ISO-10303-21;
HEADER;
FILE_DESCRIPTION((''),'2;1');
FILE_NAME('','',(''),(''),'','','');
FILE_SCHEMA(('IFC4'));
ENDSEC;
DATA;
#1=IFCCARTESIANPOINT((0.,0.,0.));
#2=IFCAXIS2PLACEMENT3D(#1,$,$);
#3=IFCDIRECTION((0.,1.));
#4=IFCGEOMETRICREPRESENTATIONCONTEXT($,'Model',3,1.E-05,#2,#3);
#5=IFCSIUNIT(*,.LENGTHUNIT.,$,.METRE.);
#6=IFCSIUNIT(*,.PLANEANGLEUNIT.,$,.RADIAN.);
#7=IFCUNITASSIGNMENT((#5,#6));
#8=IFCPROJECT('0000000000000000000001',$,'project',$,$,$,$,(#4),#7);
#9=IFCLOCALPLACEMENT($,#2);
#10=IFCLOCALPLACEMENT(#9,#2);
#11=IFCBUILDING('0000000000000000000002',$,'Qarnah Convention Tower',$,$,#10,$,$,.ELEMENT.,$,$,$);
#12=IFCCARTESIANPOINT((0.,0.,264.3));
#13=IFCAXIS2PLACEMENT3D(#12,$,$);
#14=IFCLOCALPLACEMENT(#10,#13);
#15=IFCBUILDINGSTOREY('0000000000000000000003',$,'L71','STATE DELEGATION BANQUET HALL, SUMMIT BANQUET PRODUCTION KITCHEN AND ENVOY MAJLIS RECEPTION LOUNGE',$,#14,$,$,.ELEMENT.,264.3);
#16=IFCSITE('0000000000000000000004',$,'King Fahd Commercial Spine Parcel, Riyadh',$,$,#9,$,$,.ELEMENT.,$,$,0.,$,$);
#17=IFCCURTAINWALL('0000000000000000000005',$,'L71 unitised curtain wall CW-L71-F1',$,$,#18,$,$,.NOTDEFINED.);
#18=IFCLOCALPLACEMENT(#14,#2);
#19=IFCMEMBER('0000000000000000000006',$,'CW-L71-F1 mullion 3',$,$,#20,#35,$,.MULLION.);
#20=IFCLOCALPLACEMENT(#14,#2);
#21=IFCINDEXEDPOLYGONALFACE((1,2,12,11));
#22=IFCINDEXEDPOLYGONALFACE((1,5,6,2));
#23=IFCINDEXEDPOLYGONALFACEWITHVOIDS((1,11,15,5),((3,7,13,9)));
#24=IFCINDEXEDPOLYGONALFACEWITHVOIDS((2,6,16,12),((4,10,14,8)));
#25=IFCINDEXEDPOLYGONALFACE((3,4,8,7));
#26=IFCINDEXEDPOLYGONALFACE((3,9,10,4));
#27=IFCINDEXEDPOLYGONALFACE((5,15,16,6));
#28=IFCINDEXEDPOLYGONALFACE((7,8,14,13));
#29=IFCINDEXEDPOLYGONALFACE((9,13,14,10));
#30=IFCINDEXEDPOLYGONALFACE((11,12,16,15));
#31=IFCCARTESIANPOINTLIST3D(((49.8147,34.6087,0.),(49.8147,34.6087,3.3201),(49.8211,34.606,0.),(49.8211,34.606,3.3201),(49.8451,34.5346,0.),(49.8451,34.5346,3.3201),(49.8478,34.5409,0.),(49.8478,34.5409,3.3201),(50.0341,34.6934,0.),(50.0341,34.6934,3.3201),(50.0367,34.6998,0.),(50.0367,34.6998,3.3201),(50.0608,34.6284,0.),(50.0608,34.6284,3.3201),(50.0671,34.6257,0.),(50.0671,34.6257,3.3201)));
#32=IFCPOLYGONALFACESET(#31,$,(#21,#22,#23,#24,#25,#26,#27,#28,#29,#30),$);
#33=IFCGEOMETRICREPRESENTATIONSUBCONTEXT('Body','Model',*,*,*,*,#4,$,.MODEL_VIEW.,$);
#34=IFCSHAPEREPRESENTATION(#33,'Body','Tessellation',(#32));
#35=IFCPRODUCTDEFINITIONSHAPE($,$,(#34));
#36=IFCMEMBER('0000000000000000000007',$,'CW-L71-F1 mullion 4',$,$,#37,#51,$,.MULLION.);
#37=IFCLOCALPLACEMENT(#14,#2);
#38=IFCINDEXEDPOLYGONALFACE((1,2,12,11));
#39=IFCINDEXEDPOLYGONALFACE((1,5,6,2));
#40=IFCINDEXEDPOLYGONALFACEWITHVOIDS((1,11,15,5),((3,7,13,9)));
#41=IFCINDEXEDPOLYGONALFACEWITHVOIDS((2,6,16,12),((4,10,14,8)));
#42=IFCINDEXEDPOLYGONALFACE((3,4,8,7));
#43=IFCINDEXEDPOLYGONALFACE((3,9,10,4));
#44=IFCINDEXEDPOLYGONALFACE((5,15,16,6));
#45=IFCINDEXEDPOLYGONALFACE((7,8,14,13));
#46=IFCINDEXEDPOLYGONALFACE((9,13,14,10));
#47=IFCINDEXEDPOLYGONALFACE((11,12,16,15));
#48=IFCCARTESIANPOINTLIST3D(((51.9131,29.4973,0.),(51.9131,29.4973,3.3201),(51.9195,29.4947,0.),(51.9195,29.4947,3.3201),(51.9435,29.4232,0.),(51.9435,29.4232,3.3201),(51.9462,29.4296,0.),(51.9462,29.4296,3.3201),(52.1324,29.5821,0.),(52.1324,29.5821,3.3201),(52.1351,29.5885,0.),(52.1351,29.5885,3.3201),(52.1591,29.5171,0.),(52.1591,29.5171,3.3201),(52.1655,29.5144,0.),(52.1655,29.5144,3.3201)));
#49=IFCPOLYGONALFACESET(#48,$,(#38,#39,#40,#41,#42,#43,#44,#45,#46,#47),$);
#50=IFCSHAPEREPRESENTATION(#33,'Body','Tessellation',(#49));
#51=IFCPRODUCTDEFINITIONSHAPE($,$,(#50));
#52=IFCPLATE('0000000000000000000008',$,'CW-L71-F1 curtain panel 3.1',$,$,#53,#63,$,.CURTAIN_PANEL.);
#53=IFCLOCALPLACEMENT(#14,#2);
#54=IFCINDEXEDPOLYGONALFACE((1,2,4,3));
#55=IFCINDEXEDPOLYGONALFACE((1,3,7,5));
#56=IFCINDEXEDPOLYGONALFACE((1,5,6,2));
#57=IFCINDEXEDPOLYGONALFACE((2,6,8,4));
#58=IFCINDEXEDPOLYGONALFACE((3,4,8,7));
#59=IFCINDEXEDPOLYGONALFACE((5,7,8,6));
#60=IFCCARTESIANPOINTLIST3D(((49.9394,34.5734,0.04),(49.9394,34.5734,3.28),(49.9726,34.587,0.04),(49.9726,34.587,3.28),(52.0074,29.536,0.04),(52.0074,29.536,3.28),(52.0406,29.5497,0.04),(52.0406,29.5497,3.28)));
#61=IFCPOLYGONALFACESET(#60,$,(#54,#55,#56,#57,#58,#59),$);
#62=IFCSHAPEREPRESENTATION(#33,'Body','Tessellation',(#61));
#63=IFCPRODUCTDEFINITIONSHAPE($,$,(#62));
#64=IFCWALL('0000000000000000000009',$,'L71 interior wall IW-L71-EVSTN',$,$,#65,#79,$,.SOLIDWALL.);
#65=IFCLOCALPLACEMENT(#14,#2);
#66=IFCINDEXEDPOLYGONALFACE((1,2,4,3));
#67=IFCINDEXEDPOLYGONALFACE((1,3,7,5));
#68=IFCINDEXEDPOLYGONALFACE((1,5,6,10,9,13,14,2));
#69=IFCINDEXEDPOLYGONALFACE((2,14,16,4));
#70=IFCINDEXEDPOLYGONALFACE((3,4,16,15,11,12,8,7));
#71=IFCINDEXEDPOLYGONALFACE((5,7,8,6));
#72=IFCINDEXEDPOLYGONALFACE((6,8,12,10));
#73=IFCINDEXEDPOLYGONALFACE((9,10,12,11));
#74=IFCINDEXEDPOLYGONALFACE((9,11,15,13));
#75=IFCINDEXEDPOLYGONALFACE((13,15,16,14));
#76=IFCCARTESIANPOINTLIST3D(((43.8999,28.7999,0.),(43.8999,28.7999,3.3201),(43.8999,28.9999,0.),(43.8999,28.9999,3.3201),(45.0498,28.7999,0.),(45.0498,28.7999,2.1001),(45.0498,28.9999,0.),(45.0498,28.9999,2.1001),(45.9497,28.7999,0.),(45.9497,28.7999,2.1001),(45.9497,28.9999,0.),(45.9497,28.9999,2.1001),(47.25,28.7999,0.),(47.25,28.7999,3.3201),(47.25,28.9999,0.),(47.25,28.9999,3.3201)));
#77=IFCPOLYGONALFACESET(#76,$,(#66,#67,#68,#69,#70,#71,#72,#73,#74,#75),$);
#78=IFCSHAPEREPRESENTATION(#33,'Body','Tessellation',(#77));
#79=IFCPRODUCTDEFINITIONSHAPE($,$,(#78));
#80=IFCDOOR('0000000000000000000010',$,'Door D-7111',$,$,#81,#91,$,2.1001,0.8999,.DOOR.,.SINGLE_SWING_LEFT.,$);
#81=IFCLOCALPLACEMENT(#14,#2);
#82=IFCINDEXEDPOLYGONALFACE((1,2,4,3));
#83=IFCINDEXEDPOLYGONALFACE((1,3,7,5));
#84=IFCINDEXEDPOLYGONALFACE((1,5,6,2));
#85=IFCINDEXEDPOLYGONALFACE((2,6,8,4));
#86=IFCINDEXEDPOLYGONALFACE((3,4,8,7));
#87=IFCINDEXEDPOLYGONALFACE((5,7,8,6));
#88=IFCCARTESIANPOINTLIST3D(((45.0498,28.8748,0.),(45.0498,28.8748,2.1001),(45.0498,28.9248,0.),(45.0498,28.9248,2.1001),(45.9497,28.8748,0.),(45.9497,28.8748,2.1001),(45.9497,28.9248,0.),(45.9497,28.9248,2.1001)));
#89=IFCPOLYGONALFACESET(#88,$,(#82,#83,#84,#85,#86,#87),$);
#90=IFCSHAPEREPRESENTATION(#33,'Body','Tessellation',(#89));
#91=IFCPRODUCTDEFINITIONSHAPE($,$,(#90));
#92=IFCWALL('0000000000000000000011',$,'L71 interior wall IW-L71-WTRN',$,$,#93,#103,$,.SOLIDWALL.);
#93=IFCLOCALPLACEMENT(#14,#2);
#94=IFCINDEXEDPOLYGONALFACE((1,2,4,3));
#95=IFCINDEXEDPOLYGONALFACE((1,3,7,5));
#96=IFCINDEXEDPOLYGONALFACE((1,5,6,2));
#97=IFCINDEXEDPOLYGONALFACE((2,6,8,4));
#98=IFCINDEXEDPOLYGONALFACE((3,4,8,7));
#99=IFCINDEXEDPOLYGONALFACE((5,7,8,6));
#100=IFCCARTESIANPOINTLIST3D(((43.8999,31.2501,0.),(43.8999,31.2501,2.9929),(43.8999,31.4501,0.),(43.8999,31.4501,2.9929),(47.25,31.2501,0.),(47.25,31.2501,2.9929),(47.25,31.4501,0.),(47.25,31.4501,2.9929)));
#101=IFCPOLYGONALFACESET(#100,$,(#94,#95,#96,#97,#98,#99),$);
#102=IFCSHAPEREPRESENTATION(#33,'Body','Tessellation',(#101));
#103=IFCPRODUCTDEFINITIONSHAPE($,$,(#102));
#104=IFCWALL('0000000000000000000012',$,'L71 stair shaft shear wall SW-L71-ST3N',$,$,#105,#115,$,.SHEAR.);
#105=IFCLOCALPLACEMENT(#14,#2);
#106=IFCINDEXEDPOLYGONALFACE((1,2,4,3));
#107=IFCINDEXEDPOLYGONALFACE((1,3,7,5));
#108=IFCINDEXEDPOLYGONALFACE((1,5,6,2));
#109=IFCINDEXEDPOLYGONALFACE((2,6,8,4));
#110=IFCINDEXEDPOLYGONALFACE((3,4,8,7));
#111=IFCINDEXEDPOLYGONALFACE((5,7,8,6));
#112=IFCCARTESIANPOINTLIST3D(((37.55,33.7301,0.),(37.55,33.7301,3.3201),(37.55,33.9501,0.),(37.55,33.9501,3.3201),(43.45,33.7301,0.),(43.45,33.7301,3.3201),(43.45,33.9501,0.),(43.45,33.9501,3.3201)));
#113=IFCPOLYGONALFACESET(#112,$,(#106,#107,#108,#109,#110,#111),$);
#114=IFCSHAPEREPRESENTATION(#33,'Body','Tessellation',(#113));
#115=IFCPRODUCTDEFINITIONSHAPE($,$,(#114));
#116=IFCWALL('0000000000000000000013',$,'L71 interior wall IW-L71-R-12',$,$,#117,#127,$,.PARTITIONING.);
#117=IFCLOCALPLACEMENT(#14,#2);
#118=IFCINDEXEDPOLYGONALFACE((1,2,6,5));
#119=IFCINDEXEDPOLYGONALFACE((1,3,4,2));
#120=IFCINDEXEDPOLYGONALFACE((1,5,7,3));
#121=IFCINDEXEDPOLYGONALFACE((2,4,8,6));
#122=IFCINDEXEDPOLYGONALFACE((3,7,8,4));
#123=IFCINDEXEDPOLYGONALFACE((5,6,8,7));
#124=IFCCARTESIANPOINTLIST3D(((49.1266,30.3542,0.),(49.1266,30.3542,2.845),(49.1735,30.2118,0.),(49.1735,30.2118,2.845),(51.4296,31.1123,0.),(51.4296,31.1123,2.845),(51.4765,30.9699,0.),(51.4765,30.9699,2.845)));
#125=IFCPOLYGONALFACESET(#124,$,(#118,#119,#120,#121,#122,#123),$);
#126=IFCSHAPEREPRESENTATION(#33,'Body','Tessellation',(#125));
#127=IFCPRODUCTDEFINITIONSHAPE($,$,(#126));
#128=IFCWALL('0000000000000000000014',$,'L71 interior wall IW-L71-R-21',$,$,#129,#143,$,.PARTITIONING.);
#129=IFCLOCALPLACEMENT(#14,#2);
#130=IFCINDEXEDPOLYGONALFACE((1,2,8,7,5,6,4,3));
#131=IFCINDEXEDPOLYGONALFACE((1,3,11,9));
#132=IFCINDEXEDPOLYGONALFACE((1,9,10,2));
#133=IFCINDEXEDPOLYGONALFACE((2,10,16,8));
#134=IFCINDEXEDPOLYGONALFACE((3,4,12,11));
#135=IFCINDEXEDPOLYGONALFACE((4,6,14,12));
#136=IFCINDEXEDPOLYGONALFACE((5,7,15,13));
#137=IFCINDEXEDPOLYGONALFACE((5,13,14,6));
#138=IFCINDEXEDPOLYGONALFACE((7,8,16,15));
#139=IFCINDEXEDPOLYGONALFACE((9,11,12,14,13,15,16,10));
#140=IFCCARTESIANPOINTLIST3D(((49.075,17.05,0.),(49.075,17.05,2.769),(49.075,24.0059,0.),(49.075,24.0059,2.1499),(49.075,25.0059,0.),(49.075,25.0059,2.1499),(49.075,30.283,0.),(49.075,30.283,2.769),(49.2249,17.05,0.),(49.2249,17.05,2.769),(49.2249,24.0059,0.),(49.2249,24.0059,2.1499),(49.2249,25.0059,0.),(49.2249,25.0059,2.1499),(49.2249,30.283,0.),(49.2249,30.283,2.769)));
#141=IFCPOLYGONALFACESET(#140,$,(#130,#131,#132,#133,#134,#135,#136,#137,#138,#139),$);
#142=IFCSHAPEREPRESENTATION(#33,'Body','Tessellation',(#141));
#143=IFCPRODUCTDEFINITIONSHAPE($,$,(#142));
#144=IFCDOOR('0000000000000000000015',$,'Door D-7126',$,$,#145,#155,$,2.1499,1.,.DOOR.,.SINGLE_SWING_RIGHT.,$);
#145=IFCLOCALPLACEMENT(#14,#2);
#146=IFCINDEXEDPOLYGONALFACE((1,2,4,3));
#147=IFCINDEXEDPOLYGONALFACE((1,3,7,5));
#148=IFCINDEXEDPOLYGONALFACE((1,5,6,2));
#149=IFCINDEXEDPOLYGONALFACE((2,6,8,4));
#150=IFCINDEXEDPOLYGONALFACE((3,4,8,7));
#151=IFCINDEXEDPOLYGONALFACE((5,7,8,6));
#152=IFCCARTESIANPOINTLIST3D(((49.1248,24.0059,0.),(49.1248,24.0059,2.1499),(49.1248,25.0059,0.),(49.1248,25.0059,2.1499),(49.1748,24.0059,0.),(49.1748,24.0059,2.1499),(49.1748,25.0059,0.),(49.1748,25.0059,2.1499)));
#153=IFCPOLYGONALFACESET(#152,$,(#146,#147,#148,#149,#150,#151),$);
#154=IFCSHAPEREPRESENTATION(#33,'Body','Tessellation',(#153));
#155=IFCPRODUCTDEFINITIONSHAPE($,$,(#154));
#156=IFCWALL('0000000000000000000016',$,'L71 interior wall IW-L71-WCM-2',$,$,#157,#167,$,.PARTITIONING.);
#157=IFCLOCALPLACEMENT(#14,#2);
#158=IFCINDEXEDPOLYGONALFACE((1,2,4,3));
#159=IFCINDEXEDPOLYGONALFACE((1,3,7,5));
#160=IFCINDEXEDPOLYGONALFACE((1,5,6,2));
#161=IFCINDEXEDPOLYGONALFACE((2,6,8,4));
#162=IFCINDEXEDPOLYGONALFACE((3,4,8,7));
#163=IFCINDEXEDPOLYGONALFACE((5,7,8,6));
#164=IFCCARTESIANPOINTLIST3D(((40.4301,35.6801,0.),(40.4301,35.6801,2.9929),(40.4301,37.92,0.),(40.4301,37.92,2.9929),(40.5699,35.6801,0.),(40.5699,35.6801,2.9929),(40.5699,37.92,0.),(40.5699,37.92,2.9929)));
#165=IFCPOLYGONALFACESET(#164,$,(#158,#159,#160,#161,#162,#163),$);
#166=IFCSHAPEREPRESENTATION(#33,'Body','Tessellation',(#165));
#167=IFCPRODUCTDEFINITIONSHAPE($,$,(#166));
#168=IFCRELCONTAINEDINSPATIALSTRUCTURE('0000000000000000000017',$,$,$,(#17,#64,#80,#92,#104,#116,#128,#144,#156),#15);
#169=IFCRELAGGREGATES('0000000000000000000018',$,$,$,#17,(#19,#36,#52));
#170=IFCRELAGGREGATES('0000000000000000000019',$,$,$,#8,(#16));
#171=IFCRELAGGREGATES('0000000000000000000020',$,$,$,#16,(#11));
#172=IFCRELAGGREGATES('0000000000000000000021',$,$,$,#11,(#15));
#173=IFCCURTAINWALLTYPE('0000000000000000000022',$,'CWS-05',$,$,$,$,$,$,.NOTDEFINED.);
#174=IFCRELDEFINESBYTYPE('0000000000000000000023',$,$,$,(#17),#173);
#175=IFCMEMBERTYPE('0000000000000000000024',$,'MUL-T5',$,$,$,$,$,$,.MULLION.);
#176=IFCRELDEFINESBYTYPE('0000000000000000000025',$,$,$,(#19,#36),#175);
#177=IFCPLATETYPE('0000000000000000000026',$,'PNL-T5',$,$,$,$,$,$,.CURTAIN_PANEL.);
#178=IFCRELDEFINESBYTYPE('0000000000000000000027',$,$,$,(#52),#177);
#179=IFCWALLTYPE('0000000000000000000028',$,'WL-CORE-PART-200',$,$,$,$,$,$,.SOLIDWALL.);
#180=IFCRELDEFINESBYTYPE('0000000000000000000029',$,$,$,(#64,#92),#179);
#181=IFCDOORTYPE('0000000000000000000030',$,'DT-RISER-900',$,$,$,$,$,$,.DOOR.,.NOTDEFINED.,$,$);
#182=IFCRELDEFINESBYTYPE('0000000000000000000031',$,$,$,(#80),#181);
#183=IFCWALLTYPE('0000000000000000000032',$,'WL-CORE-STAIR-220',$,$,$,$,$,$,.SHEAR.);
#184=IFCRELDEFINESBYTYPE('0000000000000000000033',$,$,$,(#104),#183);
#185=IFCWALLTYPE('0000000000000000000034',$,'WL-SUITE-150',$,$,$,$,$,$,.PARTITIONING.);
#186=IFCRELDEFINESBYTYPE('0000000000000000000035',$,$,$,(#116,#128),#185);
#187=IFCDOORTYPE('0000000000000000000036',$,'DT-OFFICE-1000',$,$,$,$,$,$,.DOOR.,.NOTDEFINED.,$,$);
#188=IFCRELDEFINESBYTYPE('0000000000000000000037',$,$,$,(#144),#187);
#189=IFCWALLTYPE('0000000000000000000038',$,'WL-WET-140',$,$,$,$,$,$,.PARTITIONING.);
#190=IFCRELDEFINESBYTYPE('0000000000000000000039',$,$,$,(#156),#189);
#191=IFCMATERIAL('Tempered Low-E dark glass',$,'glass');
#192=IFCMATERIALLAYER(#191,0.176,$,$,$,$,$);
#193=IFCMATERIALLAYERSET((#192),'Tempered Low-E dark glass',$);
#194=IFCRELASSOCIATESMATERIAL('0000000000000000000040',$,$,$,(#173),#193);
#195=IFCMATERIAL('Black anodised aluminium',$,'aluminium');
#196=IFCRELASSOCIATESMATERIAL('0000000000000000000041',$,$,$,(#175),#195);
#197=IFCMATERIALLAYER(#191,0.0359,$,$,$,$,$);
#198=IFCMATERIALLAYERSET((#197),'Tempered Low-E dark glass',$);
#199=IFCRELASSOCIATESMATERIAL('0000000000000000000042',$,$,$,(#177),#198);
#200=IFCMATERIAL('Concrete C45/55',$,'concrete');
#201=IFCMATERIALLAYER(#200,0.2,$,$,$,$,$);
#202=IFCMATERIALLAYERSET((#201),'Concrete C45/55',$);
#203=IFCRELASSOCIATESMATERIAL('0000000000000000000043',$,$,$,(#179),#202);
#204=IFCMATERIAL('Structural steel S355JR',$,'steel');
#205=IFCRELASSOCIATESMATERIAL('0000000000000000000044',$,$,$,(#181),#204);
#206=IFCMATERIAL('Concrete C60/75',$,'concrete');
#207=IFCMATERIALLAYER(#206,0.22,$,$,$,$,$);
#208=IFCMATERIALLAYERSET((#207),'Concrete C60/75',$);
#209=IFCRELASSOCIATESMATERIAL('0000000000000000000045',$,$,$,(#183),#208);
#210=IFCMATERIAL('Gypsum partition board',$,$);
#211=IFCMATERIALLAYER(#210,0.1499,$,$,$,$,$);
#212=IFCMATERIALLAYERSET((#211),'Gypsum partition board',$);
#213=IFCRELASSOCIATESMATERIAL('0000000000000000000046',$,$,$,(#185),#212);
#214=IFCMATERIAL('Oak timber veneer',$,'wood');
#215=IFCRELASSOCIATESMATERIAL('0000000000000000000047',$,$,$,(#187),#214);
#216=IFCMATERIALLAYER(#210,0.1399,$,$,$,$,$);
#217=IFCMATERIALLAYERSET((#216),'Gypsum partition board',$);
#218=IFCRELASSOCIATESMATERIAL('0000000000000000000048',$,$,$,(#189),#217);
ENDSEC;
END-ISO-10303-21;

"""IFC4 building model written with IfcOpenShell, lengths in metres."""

from ifc_helpers import new_model, si_unit, direction, frame, frame_2d, origin, origin_2d, place, context, subcontext, project, spatial, rectangle, hollow_rectangle, extrude, material, layer, layer_set, material_profile, profile_set, type_object, element, fill, aggregate, save


model = new_model("IFC4")

# Units and contexts
model_context = context("Model", 3, precision=1e-05, world=origin(), true_north=direction((0.0, 1.0)))
body_context = subcontext(model_context, "Body", "Model", "MODEL_VIEW")
ifc_project = project(units=[si_unit("LENGTHUNIT", "METRE"), si_unit("PLANEANGLEUNIT", "RADIAN")], contexts=[model_context])

# Site, building, storey
site_placement = place(None, origin())
site = spatial("IfcSite", under=ifc_project, at=site_placement, Name="King Fahd Commercial Spine Parcel, Riyadh", CompositionType="ELEMENT", RefElevation=0.0)
building_placement = place(site_placement, origin())
building = spatial("IfcBuilding", under=site, at=building_placement, Name="Qarnah Convention Tower", CompositionType="ELEMENT")
storey_placement = place(building_placement, frame((0.0, 0.0, 264.3)))
storey = spatial("IfcBuildingStorey", under=building, at=storey_placement, Name="L71", Description="STATE DELEGATION BANQUET HALL, SUMMIT BANQUET PRODUCTION KITCHEN AND ENVOY MAJLIS RECEPTION LOUNGE", CompositionType="ELEMENT", Elevation=264.3)

# Shared definitions
ifc_material_1 = material(Name="Structural steel S355JR", Category="steel")

# Curtain wall, members, plate
ifc_material_2 = material(Name="Tempered Low-E dark glass", Category="glass")
ifc_layer_1 = layer(ifc_material_2, 0.176)
ifc_layer_set_1 = layer_set([ifc_layer_1], Name="Tempered Low-E dark glass")
curtain_wall_type = type_object("IfcCurtainWallType", Name="CWS-05", PredefinedType="NOTDEFINED", material=ifc_layer_set_1)
curtain_wall_placement = place(storey_placement, origin())
curtain_wall = element("IfcCurtainWall", 1, at=curtain_wall_placement, inside=storey, type_object=curtain_wall_type, Name="L71 unitised curtain wall CW-L71-F1", PredefinedType="NOTDEFINED")
ifc_material_3 = material(Name="Black anodised aluminium", Category="aluminium")
ifc_material_profile_1 = material_profile(ifc_material_3, hollow_rectangle(XDim=0.0801, YDim=0.24, WallThickness=0.0049, at=origin_2d()), Name="MUL-80X240")
ifc_profile_set_1 = profile_set([ifc_material_profile_1], Name="Black anodised aluminium")
member_type = type_object("IfcMemberType", Name="MUL-T5", PredefinedType="MULLION", material=ifc_profile_set_1)
member_1_placement = place(storey_placement, frame((49.9409, 34.6172, 0.0), z_axis=(0.0, 0.0, 1.0), x_axis=(0.379776, -0.925079, 0.0)))
member_1 = element("IfcMember", 2, at=member_1_placement, type_object=member_type, Name="CW-L71-F1 mullion 3", PredefinedType="MULLION", context=body_context, shape_type="SweptSolid", body=[
    extrude(hollow_rectangle(XDim=0.0801, YDim=0.24, WallThickness=0.0049, at=origin_2d()), origin(), (0.0, 0.0, 1.0), 3.3201),
])
member_2_placement = place(storey_placement, frame((52.0393, 29.5059, 0.0), z_axis=(0.0, 0.0, 1.0), x_axis=(0.379776, -0.925079, 0.0)))
member_2 = element("IfcMember", 3, at=member_2_placement, type_object=member_type, Name="CW-L71-F1 mullion 4", PredefinedType="MULLION", context=body_context, shape_type="SweptSolid", body=[
    extrude(hollow_rectangle(XDim=0.0801, YDim=0.24, WallThickness=0.0049, at=origin_2d()), origin(), (0.0, 0.0, 1.0), 3.3201),
])
ifc_layer_2 = layer(ifc_material_2, 0.0359)
ifc_layer_set_2 = layer_set([ifc_layer_2], Name="Tempered Low-E dark glass")
plate_type = type_object("IfcPlateType", Name="PNL-T5", PredefinedType="CURTAIN_PANEL", material=ifc_layer_set_2)
plate_placement = place(storey_placement, frame((50.99, 32.0615, 0.04), z_axis=(0.0, 0.0, 1.0), x_axis=(0.379776, -0.925079, 0.0)))
plate = element("IfcPlate", 4, at=plate_placement, type_object=plate_type, Name="CW-L71-F1 curtain panel 3.1", PredefinedType="CURTAIN_PANEL", context=body_context, shape_type="SweptSolid", body=[
    extrude(rectangle(XDim=5.4453, YDim=0.0359, at=origin_2d()), origin(), (0.0, 0.0, 1.0), 3.24),
])
aggregate(curtain_wall, [member_1, member_2, plate])

# Wall, opening, door
ifc_material_4 = material(Name="Concrete C45/55", Category="concrete")
ifc_layer_3 = layer(ifc_material_4, 0.2)
ifc_layer_set_3 = layer_set([ifc_layer_3], Name="Concrete C45/55")
wall_type_1 = type_object("IfcWallType", Name="WL-CORE-PART-200", PredefinedType="SOLIDWALL", material=ifc_layer_set_3)
wall_1_placement = place(storey_placement, frame((43.8999, 28.8999, 0.0), z_axis=(0.0, 0.0, 1.0), x_axis=(1.0, 0.0, 0.0)))
wall_1 = element("IfcWall", 5, at=wall_1_placement, inside=storey, type_object=wall_type_1, Name="L71 interior wall IW-L71-EVSTN", PredefinedType="SOLIDWALL", context=body_context, shape_type="SweptSolid", body=[
    extrude(rectangle(XDim=3.3501, YDim=0.2, at=frame_2d((1.675, 0.0))), origin(), (0.0, 0.0, 1.0), 3.3201),
])
opening_1_placement = place(wall_1_placement, frame((1.1499, 0.0, 0.0)))
opening_1 = element("IfcOpeningElement", 6, at=opening_1_placement, cuts=wall_1, PredefinedType="OPENING", context=body_context, shape_type="SweptSolid", body=[
    extrude(rectangle(XDim=0.8999, YDim=2.1001, at=frame_2d((0.45, 1.05))), frame((0.0, 0.1099, 0.0), z_axis=(0.0, -1.0, 0.0), x_axis=(1.0, 0.0, 0.0)), (0.0, 0.0, 1.0), 0.22),
])
door_type_1 = type_object("IfcDoorType", Name="DT-RISER-900", OperationType="NOTDEFINED", PredefinedType="DOOR", material=ifc_material_1)
door_1_placement = place(opening_1_placement, origin())
door_1 = element("IfcDoor", 7, at=door_1_placement, inside=storey, type_object=door_type_1, Name="Door D-7111", OperationType="SINGLE_SWING_LEFT", OverallHeight=2.1001, OverallWidth=0.8999, PredefinedType="DOOR", context=body_context, shape_type="SweptSolid", body=[
    extrude(rectangle(XDim=0.8999, YDim=2.1001, at=frame_2d((0.45, 1.05))), frame((0.0, 0.0249, 0.0), z_axis=(0.0, -1.0, 0.0), x_axis=(1.0, 0.0, 0.0)), (0.0, 0.0, 1.0), 0.05),
])
fill(opening_1, door_1)

# Walls
wall_2_placement = place(storey_placement, frame((43.8999, 31.3501, 0.0), z_axis=(0.0, 0.0, 1.0), x_axis=(1.0, 0.0, 0.0)))
element("IfcWall", 8, at=wall_2_placement, inside=storey, type_object=wall_type_1, Name="L71 interior wall IW-L71-WTRN", PredefinedType="SOLIDWALL", context=body_context, shape_type="SweptSolid", body=[
    extrude(rectangle(XDim=3.3501, YDim=0.2, at=frame_2d((1.675, 0.0))), origin(), (0.0, 0.0, 1.0), 2.9929),
])
ifc_material_5 = material(Name="Concrete C60/75", Category="concrete")
ifc_layer_4 = layer(ifc_material_5, 0.22)
ifc_layer_set_4 = layer_set([ifc_layer_4], Name="Concrete C60/75")
wall_type_2 = type_object("IfcWallType", Name="WL-CORE-STAIR-220", PredefinedType="SHEAR", material=ifc_layer_set_4)
wall_3_placement = place(storey_placement, frame((37.55, 33.8401, 0.0), z_axis=(0.0, 0.0, 1.0), x_axis=(1.0, 0.0, 0.0)))
element("IfcWall", 9, at=wall_3_placement, inside=storey, type_object=wall_type_2, Name="L71 stair shaft shear wall SW-L71-ST3N", PredefinedType="SHEAR", context=body_context, shape_type="SweptSolid", body=[
    extrude(rectangle(XDim=5.8999, YDim=0.22, at=frame_2d((2.95, 0.0))), origin(), (0.0, 0.0, 1.0), 3.3201),
])
ifc_material_6 = material(Name="Gypsum partition board")
ifc_layer_5 = layer(ifc_material_6, 0.1499)
ifc_layer_set_5 = layer_set([ifc_layer_5], Name="Gypsum partition board")
wall_type_3 = type_object("IfcWallType", Name="WL-SUITE-150", PredefinedType="PARTITIONING", material=ifc_layer_set_5)
wall_4_placement = place(storey_placement, frame((49.1499, 30.283, 0.0), z_axis=(0.0, 0.0, 1.0), x_axis=(0.949865, 0.312661, 0.0)))
element("IfcWall", 10, at=wall_4_placement, inside=storey, type_object=wall_type_3, Name="L71 interior wall IW-L71-R-12", PredefinedType="PARTITIONING", context=body_context, shape_type="SweptSolid", body=[
    extrude(rectangle(XDim=2.4246, YDim=0.1499, at=frame_2d((1.2124, 0.0))), origin(), (0.0, 0.0, 1.0), 2.845),
])

# Wall, opening, door
wall_5_placement = place(storey_placement, frame((49.1499, 30.283, 0.0), z_axis=(0.0, 0.0, 1.0), x_axis=(0.0, -1.0, 0.0)))
wall_5 = element("IfcWall", 11, at=wall_5_placement, inside=storey, type_object=wall_type_3, Name="L71 interior wall IW-L71-R-21", PredefinedType="PARTITIONING", context=body_context, shape_type="SweptSolid", body=[
    extrude(rectangle(XDim=13.2329, YDim=0.1499, at=frame_2d((6.6165, 0.0))), origin(), (0.0, 0.0, 1.0), 2.769),
])
opening_2_placement = place(wall_5_placement, frame((5.2771, 0.0, 0.0)))
opening_2 = element("IfcOpeningElement", 12, at=opening_2_placement, cuts=wall_5, PredefinedType="OPENING", context=body_context, shape_type="SweptSolid", body=[
    extrude(rectangle(XDim=1.0, YDim=2.1499, at=frame_2d((0.5, 1.075))), frame((0.0, 0.085, 0.0), z_axis=(0.0, -1.0, 0.0), x_axis=(1.0, 0.0, 0.0)), (0.0, 0.0, 1.0), 0.1699),
])
ifc_material_7 = material(Name="Oak timber veneer", Category="wood")
door_type_2 = type_object("IfcDoorType", Name="DT-OFFICE-1000", OperationType="NOTDEFINED", PredefinedType="DOOR", material=ifc_material_7)
door_2_placement = place(opening_2_placement, origin())
door_2 = element("IfcDoor", 13, at=door_2_placement, inside=storey, type_object=door_type_2, Name="Door D-7126", OperationType="SINGLE_SWING_RIGHT", OverallHeight=2.1499, OverallWidth=1.0, PredefinedType="DOOR", context=body_context, shape_type="SweptSolid", body=[
    extrude(rectangle(XDim=1.0, YDim=2.1499, at=frame_2d((0.5, 1.075))), frame((0.0, 0.0249, 0.0), z_axis=(0.0, -1.0, 0.0), x_axis=(1.0, 0.0, 0.0)), (0.0, 0.0, 1.0), 0.05),
])
fill(opening_2, door_2)

# Wall
ifc_layer_6 = layer(ifc_material_6, 0.1399)
ifc_layer_set_6 = layer_set([ifc_layer_6], Name="Gypsum partition board")
wall_type_4 = type_object("IfcWallType", Name="WL-WET-140", PredefinedType="PARTITIONING", material=ifc_layer_set_6)
wall_6_placement = place(storey_placement, frame((40.5, 35.6799, 0.0), z_axis=(0.0, 0.0, 1.0), x_axis=(0.0, 1.0, 0.0)))
element("IfcWall", 14, at=wall_6_placement, inside=storey, type_object=wall_type_4, Name="L71 interior wall IW-L71-WCM-2", PredefinedType="PARTITIONING", context=body_context, shape_type="SweptSolid", body=[
    extrude(rectangle(XDim=2.24, YDim=0.1399, at=frame_2d((1.1201, 0.0))), origin(), (0.0, 0.0, 1.0), 2.9929),
])

save(model, "model.ifc")
